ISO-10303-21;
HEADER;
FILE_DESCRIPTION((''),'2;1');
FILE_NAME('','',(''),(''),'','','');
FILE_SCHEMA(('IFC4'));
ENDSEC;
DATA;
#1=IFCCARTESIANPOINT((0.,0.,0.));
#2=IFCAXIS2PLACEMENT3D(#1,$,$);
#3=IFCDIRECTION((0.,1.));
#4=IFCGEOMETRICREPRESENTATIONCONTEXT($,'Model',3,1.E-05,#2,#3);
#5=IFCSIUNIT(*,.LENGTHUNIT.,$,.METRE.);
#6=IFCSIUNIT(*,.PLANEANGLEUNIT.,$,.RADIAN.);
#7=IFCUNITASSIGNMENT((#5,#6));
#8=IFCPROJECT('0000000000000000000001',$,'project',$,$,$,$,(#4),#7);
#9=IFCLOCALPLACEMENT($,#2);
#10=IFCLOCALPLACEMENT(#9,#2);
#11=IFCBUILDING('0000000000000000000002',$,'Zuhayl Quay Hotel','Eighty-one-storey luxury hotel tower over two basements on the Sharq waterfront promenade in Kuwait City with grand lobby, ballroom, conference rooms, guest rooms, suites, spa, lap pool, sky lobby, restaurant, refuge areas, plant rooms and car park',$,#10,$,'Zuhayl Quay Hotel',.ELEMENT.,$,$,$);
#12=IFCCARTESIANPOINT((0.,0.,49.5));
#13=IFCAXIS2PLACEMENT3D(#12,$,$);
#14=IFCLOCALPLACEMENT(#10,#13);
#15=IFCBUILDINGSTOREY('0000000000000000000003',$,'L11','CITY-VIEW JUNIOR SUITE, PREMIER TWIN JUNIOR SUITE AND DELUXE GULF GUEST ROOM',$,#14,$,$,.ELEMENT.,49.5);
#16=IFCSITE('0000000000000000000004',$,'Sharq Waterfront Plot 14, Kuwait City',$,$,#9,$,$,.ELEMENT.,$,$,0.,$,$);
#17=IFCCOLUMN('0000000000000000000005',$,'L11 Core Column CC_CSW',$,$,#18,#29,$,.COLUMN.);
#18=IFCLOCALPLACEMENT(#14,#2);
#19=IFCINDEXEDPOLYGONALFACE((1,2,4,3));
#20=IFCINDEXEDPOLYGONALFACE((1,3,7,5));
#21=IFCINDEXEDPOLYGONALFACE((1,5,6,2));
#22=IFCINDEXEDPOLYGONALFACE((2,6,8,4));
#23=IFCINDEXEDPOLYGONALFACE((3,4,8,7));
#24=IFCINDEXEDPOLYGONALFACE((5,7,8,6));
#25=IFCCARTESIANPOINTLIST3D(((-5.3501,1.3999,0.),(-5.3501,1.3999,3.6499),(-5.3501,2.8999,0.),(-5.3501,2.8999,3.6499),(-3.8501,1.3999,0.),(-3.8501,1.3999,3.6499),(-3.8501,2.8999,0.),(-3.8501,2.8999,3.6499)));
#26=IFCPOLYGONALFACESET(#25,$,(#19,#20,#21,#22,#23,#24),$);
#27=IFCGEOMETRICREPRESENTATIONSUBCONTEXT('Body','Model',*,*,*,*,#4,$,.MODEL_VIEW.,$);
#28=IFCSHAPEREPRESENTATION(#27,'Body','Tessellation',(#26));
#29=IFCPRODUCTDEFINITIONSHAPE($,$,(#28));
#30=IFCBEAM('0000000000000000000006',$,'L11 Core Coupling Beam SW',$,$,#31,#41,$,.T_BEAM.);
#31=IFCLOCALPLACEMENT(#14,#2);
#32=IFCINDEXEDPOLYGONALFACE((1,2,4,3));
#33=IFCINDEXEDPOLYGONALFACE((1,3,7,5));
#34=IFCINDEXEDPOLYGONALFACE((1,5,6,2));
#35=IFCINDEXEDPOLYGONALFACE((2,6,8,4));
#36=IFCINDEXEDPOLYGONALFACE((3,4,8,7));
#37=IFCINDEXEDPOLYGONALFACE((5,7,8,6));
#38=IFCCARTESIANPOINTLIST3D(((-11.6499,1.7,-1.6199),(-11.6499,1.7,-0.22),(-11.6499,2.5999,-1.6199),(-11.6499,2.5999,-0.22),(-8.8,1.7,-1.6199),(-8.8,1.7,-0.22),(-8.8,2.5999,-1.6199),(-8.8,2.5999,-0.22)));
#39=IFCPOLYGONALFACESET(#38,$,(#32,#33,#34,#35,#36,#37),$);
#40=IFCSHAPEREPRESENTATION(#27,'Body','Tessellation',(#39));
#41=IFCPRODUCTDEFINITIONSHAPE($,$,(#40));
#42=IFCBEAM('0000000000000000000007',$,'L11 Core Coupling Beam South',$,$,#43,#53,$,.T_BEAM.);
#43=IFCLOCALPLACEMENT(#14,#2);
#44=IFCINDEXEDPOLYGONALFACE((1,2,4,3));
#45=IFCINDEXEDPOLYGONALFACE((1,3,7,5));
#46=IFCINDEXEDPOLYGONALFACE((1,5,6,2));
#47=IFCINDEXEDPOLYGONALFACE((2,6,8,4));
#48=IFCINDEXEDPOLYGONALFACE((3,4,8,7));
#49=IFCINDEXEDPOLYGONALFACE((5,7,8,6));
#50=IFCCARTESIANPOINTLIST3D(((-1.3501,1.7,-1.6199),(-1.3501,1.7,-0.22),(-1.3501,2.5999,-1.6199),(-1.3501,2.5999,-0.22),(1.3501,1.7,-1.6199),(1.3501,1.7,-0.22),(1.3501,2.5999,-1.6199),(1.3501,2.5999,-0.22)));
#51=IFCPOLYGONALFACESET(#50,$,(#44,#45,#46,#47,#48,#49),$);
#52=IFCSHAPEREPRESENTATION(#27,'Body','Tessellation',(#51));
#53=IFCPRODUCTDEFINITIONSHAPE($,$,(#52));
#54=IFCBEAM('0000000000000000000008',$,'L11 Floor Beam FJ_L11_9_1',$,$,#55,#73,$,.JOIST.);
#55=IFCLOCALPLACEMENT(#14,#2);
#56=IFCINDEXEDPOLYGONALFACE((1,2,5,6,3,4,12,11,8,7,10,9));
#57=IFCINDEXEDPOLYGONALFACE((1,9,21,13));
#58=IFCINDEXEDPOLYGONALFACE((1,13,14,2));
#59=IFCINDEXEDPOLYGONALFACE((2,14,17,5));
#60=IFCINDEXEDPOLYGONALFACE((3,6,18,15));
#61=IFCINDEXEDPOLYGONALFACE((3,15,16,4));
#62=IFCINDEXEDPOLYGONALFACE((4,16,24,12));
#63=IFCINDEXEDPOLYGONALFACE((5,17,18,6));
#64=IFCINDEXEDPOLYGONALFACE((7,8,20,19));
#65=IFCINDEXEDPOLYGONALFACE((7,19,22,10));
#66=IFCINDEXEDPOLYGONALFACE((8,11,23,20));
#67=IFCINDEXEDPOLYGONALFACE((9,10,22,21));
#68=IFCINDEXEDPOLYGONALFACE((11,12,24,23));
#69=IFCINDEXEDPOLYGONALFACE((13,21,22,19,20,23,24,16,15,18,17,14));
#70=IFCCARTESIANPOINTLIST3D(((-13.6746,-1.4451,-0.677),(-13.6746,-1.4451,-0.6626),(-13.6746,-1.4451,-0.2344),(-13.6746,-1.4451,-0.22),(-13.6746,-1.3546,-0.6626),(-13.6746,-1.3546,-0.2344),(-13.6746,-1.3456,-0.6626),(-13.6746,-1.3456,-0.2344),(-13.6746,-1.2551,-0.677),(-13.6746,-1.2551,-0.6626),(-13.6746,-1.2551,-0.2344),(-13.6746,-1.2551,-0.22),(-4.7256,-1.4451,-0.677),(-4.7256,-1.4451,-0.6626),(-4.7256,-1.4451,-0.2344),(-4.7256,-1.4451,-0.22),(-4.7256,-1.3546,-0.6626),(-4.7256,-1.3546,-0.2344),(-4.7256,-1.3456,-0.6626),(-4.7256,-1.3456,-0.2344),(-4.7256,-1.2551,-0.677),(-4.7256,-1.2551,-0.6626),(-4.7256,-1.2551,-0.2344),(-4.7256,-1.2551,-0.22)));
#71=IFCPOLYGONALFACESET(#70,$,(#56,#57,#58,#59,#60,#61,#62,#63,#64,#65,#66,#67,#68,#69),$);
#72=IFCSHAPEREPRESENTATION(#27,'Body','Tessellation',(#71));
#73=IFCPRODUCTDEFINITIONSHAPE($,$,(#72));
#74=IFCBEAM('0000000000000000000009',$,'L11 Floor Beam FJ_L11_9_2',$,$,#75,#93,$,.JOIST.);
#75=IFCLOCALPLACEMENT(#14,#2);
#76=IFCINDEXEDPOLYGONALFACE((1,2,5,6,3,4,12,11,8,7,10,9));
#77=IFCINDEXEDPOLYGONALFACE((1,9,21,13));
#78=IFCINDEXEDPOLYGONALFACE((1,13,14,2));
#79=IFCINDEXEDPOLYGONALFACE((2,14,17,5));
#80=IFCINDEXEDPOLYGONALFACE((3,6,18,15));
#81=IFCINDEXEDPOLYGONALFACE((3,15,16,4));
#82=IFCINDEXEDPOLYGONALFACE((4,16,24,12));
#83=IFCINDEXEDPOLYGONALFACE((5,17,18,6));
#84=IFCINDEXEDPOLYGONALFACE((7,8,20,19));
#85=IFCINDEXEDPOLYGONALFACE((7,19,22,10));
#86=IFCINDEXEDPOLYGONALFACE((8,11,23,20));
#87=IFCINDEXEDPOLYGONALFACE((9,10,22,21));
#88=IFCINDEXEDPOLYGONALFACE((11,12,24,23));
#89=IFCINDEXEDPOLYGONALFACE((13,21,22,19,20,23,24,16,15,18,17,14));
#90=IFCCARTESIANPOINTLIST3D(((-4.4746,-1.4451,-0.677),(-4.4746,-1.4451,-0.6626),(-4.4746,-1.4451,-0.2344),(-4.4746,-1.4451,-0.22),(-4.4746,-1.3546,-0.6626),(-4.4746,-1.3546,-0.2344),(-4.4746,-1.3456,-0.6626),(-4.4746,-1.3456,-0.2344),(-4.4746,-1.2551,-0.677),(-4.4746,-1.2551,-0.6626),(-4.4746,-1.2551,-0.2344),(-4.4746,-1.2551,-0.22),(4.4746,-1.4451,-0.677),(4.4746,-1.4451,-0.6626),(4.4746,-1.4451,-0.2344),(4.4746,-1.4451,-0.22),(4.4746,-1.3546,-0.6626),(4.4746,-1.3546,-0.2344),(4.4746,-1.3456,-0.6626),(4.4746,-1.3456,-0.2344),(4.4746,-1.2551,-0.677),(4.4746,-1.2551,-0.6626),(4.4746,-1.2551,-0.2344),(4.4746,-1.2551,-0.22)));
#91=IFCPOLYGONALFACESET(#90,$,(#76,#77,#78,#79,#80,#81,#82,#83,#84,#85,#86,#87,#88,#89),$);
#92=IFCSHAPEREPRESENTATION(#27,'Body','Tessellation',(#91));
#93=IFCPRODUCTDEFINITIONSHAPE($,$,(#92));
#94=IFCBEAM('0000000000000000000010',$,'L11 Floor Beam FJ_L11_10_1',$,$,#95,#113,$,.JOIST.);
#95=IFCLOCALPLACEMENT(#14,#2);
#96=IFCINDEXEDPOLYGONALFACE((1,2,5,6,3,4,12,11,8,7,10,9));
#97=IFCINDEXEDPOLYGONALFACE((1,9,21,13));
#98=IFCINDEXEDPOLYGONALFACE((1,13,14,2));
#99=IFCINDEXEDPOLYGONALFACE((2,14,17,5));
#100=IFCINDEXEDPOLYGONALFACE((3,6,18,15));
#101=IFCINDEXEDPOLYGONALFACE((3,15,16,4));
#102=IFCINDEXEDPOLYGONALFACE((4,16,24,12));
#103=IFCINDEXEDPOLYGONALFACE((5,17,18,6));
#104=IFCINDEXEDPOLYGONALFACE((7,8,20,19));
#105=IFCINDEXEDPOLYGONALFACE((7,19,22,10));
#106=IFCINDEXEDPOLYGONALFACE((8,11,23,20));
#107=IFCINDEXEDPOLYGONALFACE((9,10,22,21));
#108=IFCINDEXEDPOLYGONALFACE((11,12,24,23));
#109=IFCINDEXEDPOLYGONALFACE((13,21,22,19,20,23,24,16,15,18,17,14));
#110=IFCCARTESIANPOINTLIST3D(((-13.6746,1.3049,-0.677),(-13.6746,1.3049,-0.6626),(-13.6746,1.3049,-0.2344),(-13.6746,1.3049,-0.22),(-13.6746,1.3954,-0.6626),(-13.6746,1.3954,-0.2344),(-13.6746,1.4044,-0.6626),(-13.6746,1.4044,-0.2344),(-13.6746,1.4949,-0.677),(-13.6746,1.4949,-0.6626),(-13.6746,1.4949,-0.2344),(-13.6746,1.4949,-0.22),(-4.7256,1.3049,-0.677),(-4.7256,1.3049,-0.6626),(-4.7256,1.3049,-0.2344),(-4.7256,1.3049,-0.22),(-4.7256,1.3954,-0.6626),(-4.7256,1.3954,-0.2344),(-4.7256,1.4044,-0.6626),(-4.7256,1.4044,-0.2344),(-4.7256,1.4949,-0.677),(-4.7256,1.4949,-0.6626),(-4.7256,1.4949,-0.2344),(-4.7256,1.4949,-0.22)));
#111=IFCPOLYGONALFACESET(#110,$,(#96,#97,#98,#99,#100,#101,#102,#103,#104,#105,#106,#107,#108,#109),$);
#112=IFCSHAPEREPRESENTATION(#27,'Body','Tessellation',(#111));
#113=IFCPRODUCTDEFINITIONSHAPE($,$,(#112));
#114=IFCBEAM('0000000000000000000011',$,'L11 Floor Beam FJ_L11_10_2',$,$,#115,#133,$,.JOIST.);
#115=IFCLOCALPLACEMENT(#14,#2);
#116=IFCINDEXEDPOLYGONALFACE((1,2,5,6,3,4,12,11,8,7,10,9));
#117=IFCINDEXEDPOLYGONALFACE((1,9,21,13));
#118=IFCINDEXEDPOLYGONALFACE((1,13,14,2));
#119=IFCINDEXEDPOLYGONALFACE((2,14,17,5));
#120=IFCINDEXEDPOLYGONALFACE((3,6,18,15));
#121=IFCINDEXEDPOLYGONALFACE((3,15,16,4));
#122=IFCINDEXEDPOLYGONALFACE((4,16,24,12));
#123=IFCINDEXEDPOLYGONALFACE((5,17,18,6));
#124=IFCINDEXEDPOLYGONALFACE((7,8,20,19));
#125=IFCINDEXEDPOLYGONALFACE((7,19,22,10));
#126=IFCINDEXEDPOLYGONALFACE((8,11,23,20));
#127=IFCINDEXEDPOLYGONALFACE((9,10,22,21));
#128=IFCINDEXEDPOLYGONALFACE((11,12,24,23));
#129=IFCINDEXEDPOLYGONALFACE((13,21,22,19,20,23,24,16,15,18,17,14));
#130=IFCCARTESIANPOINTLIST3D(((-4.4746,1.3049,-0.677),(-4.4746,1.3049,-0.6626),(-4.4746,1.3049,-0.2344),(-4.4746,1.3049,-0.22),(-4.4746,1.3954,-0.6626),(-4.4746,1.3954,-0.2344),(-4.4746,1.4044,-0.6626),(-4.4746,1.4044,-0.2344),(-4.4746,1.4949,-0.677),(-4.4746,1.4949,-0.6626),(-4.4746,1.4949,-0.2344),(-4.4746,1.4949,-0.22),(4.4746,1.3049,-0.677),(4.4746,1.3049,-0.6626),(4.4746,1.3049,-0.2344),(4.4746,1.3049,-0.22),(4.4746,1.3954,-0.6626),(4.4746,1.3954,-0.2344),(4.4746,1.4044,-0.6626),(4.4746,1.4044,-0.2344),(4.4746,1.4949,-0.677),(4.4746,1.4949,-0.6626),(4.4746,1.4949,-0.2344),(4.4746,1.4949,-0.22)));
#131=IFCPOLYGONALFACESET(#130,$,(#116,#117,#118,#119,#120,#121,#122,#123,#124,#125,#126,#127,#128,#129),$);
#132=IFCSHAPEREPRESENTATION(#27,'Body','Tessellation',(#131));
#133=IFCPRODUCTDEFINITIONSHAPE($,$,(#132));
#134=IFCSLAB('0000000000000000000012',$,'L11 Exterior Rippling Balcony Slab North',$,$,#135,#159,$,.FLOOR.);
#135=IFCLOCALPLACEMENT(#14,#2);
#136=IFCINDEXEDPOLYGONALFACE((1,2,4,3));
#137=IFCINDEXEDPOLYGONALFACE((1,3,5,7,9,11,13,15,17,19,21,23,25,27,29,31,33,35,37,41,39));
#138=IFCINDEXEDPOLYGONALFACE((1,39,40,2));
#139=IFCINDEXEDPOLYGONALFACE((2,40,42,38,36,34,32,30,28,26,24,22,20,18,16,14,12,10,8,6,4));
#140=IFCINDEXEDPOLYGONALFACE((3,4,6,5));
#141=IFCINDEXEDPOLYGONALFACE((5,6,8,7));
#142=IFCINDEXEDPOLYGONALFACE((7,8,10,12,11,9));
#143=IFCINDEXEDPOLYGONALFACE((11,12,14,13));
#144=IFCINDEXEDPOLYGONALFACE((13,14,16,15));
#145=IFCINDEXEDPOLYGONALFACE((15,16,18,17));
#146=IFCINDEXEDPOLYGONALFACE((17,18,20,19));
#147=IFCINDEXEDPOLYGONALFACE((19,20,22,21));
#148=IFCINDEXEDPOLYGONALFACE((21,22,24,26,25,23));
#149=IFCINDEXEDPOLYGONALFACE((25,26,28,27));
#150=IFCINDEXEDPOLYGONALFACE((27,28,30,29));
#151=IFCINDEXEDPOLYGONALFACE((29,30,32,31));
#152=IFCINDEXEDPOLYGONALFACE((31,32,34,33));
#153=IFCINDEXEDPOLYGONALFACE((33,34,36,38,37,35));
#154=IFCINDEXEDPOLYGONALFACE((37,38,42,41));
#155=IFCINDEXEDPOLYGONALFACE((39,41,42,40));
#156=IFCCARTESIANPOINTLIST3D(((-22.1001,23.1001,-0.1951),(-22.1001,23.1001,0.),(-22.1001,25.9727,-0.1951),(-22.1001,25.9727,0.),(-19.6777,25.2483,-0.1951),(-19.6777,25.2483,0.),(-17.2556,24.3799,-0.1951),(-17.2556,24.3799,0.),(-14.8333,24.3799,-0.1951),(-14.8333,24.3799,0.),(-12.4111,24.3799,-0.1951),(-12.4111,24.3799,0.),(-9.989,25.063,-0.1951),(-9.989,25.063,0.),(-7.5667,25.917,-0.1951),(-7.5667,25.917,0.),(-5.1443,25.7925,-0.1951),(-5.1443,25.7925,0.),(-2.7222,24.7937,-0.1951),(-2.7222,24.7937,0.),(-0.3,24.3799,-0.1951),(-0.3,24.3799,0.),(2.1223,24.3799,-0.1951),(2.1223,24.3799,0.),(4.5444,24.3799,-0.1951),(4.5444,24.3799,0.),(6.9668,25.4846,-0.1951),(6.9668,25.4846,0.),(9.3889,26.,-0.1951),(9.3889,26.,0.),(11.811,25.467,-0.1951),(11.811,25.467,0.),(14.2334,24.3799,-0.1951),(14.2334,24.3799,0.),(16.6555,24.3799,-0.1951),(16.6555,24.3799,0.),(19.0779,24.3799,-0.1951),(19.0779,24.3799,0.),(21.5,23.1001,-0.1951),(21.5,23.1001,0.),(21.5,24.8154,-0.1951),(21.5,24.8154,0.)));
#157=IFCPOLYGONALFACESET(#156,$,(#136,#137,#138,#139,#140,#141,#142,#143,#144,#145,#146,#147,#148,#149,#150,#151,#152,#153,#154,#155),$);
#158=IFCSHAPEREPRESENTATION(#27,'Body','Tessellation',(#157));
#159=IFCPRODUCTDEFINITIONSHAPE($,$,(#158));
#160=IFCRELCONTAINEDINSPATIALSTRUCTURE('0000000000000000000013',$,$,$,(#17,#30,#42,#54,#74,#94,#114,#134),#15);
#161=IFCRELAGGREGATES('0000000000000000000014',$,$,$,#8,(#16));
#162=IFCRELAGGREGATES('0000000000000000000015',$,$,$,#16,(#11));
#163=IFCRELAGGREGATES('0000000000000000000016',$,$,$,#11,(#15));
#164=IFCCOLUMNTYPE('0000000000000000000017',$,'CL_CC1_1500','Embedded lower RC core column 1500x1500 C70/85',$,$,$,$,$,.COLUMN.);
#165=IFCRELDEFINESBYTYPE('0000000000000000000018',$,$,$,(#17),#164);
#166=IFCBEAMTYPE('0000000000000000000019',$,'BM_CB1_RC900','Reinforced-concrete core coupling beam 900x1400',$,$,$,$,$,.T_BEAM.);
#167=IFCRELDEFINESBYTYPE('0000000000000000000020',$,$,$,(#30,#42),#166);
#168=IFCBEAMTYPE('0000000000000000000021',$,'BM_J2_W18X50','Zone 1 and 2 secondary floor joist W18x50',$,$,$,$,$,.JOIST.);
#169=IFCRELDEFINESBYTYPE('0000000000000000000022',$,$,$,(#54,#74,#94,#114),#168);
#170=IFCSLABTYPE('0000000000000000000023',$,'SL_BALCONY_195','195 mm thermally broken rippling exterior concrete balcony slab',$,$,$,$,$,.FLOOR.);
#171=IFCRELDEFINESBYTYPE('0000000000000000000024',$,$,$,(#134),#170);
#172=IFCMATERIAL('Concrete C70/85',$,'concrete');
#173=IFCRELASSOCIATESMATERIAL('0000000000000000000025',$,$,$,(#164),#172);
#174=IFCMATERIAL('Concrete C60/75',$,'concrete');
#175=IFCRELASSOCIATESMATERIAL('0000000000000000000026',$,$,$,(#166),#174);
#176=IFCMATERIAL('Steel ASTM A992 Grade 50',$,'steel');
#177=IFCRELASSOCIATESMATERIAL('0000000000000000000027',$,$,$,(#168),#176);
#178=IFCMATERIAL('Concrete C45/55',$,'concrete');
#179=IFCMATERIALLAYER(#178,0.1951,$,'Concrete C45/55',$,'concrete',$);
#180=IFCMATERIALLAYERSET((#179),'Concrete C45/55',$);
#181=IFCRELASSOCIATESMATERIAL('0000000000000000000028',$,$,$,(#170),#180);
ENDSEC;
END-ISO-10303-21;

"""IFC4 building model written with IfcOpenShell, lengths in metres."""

from ifc_helpers import new_model, si_unit, direction, frame, origin, origin_2d, place, context, subcontext, project, spatial, polyline, rectangle, i_section, outline, extrude, material, layer, layer_set, material_profile, profile_set, type_object, element, save


model = new_model("IFC4")

# Units and contexts
model_context = context("Model", 3, precision=1e-05, world=origin(), true_north=direction((0.0, 1.0)))
body_context = subcontext(model_context, "Body", "Model", "MODEL_VIEW")
ifc_project = project(units=[si_unit("LENGTHUNIT", "METRE"), si_unit("PLANEANGLEUNIT", "RADIAN")], contexts=[model_context])

# Site, building, storey
site_placement = place(None, origin())
site = spatial("IfcSite", under=ifc_project, at=site_placement, Name="Sharq Waterfront Plot 14, Kuwait City", CompositionType="ELEMENT", RefElevation=0.0)
building_placement = place(site_placement, origin())
building = spatial("IfcBuilding", under=site, at=building_placement, Name="Zuhayl Quay Hotel", Description="Eighty-one-storey luxury hotel tower over two basements on the Sharq waterfront promenade in Kuwait City with grand lobby, ballroom, conference rooms, guest rooms, suites, spa, lap pool, sky lobby, restaurant, refuge areas, plant rooms and car park", LongName="Zuhayl Quay Hotel", CompositionType="ELEMENT")
storey_placement = place(building_placement, frame((0.0, 0.0, 49.5)))
storey = spatial("IfcBuildingStorey", under=building, at=storey_placement, Name="L11", Description="CITY-VIEW JUNIOR SUITE, PREMIER TWIN JUNIOR SUITE AND DELUXE GULF GUEST ROOM", CompositionType="ELEMENT", Elevation=49.5)

# Column
ifc_material_1 = material(Name="Concrete C70/85", Category="concrete")
ifc_material_profile_1 = material_profile(ifc_material_1, rectangle(XDim=1.5, YDim=1.5, at=origin_2d()), Name="RC1500X1500")
ifc_profile_set_1 = profile_set([ifc_material_profile_1], Name="Concrete C70/85")
column_type = type_object("IfcColumnType", Name="CL_CC1_1500", Description="Embedded lower RC core column 1500x1500 C70/85", PredefinedType="COLUMN", material=ifc_profile_set_1)
column_placement = place(storey_placement, frame((-4.6001, 2.1499, 0.0), z_axis=(0.0, 0.0, 1.0), x_axis=(1.0, 0.0, 0.0)))
element("IfcColumn", 1, at=column_placement, inside=storey, type_object=column_type, Name="L11 Core Column CC_CSW", PredefinedType="COLUMN", context=body_context, shape_type="SweptSolid", body=[
    extrude(rectangle(XDim=1.5, YDim=1.5, at=origin_2d()), origin(), (0.0, 0.0, 1.0), 3.6499),
])

# Beams
ifc_material_2 = material(Name="Concrete C60/75", Category="concrete")
ifc_material_profile_2 = material_profile(ifc_material_2, rectangle(XDim=0.8999, YDim=1.3999, at=origin_2d()), Name="RC900X1400")
ifc_profile_set_2 = profile_set([ifc_material_profile_2], Name="Concrete C60/75")
beam_type_1 = type_object("IfcBeamType", Name="BM_CB1_RC900", Description="Reinforced-concrete core coupling beam 900x1400", PredefinedType="T_BEAM", material=ifc_profile_set_2)
beam_1_placement = place(storey_placement, frame((-11.6499, 2.1499, -0.9199), z_axis=(1.0, 0.0, 0.0), x_axis=(0.0, 1.0, 0.0)))
element("IfcBeam", 2, at=beam_1_placement, inside=storey, type_object=beam_type_1, Name="L11 Core Coupling Beam SW", PredefinedType="T_BEAM", context=body_context, shape_type="SweptSolid", body=[
    extrude(rectangle(XDim=0.8999, YDim=1.3999, at=origin_2d()), origin(), (0.0, 0.0, 1.0), 2.8499),
])
beam_2_placement = place(storey_placement, frame((-1.3501, 2.1499, -0.9199), z_axis=(1.0, 0.0, 0.0), x_axis=(0.0, 1.0, 0.0)))
element("IfcBeam", 3, at=beam_2_placement, inside=storey, type_object=beam_type_1, Name="L11 Core Coupling Beam South", PredefinedType="T_BEAM", context=body_context, shape_type="SweptSolid", body=[
    extrude(rectangle(XDim=0.8999, YDim=1.3999, at=origin_2d()), origin(), (0.0, 0.0, 1.0), 2.7002),
])
ifc_material_3 = material(Name="Steel ASTM A992 Grade 50", Category="steel")
ifc_material_profile_3 = material_profile(ifc_material_3, i_section(OverallWidth=0.1899, OverallDepth=0.457, WebThickness=0.009, FlangeThickness=0.0144, at=origin_2d()), Name="W18X50")
ifc_profile_set_3 = profile_set([ifc_material_profile_3], Name="Steel ASTM A992 Grade 50")
beam_type_2 = type_object("IfcBeamType", Name="BM_J2_W18X50", Description="Zone 1 and 2 secondary floor joist W18x50", PredefinedType="JOIST", material=ifc_profile_set_3)
beam_3_placement = place(storey_placement, frame((-13.6746, -1.3501, -0.4485), z_axis=(1.0, 0.0, 0.0), x_axis=(0.0, 1.0, 0.0)))
element("IfcBeam", 4, at=beam_3_placement, inside=storey, type_object=beam_type_2, Name="L11 Floor Beam FJ_L11_9_1", PredefinedType="JOIST", context=body_context, shape_type="SweptSolid", body=[
    extrude(i_section(OverallWidth=0.1899, OverallDepth=0.457, WebThickness=0.009, FlangeThickness=0.0144, at=origin_2d()), origin(), (0.0, 0.0, 1.0), 8.949),
])
beam_4_placement = place(storey_placement, frame((-4.4746, -1.3501, -0.4485), z_axis=(1.0, 0.0, 0.0), x_axis=(0.0, 1.0, 0.0)))
element("IfcBeam", 5, at=beam_4_placement, inside=storey, type_object=beam_type_2, Name="L11 Floor Beam FJ_L11_9_2", PredefinedType="JOIST", context=body_context, shape_type="SweptSolid", body=[
    extrude(i_section(OverallWidth=0.1899, OverallDepth=0.457, WebThickness=0.009, FlangeThickness=0.0144, at=origin_2d()), origin(), (0.0, 0.0, 1.0), 8.9492),
])
beam_5_placement = place(storey_placement, frame((-13.6746, 1.3999, -0.4485), z_axis=(1.0, 0.0, 0.0), x_axis=(0.0, 1.0, 0.0)))
element("IfcBeam", 6, at=beam_5_placement, inside=storey, type_object=beam_type_2, Name="L11 Floor Beam FJ_L11_10_1", PredefinedType="JOIST", context=body_context, shape_type="SweptSolid", body=[
    extrude(i_section(OverallWidth=0.1899, OverallDepth=0.457, WebThickness=0.009, FlangeThickness=0.0144, at=origin_2d()), origin(), (0.0, 0.0, 1.0), 8.949),
])
beam_6_placement = place(storey_placement, frame((-4.4746, 1.3999, -0.4485), z_axis=(1.0, 0.0, 0.0), x_axis=(0.0, 1.0, 0.0)))
element("IfcBeam", 7, at=beam_6_placement, inside=storey, type_object=beam_type_2, Name="L11 Floor Beam FJ_L11_10_2", PredefinedType="JOIST", context=body_context, shape_type="SweptSolid", body=[
    extrude(i_section(OverallWidth=0.1899, OverallDepth=0.457, WebThickness=0.009, FlangeThickness=0.0144, at=origin_2d()), origin(), (0.0, 0.0, 1.0), 8.9492),
])

# Slab
ifc_material_4 = material(Name="Concrete C45/55", Category="concrete")
ifc_layer_1 = layer(ifc_material_4, 0.1951, Name="Concrete C45/55", Category="concrete")
ifc_layer_set_1 = layer_set([ifc_layer_1], Name="Concrete C45/55")
slab_type_1 = type_object("IfcSlabType", Name="SL_BALCONY_195", Description="195 mm thermally broken rippling exterior concrete balcony slab", PredefinedType="FLOOR", material=ifc_layer_set_1)
slab_1_placement = place(storey_placement, frame((0.0, 0.0, -0.1951)))
element("IfcSlab", 8, at=slab_1_placement, inside=storey, type_object=slab_type_1, Name="L11 Exterior Rippling Balcony Slab North", PredefinedType="FLOOR", context=body_context, shape_type="SweptSolid", body=[
    extrude(outline(polyline([(-22.1001, 23.1001), (21.5, 23.1001), (21.5, 24.8154), (19.0779, 24.3799), (16.6555, 24.3799), (14.2334, 24.3799), (11.811, 25.467), (9.3889, 26.0), (6.9668, 25.4846), (4.5444, 24.3799), (2.1223, 24.3799), (-0.3, 24.3799), (-2.7222, 24.7937), (-5.1443, 25.7925), (-7.5667, 25.917), (-9.989, 25.063), (-12.4111, 24.3799), (-14.8333, 24.3799), (-17.2556, 24.3799), (-19.6777, 25.2483), (-22.1001, 25.9727), (-22.1001, 23.1001)])), origin(), (0.0, 0.0, 1.0), 0.1951),
])

save(model, "model.ifc")
